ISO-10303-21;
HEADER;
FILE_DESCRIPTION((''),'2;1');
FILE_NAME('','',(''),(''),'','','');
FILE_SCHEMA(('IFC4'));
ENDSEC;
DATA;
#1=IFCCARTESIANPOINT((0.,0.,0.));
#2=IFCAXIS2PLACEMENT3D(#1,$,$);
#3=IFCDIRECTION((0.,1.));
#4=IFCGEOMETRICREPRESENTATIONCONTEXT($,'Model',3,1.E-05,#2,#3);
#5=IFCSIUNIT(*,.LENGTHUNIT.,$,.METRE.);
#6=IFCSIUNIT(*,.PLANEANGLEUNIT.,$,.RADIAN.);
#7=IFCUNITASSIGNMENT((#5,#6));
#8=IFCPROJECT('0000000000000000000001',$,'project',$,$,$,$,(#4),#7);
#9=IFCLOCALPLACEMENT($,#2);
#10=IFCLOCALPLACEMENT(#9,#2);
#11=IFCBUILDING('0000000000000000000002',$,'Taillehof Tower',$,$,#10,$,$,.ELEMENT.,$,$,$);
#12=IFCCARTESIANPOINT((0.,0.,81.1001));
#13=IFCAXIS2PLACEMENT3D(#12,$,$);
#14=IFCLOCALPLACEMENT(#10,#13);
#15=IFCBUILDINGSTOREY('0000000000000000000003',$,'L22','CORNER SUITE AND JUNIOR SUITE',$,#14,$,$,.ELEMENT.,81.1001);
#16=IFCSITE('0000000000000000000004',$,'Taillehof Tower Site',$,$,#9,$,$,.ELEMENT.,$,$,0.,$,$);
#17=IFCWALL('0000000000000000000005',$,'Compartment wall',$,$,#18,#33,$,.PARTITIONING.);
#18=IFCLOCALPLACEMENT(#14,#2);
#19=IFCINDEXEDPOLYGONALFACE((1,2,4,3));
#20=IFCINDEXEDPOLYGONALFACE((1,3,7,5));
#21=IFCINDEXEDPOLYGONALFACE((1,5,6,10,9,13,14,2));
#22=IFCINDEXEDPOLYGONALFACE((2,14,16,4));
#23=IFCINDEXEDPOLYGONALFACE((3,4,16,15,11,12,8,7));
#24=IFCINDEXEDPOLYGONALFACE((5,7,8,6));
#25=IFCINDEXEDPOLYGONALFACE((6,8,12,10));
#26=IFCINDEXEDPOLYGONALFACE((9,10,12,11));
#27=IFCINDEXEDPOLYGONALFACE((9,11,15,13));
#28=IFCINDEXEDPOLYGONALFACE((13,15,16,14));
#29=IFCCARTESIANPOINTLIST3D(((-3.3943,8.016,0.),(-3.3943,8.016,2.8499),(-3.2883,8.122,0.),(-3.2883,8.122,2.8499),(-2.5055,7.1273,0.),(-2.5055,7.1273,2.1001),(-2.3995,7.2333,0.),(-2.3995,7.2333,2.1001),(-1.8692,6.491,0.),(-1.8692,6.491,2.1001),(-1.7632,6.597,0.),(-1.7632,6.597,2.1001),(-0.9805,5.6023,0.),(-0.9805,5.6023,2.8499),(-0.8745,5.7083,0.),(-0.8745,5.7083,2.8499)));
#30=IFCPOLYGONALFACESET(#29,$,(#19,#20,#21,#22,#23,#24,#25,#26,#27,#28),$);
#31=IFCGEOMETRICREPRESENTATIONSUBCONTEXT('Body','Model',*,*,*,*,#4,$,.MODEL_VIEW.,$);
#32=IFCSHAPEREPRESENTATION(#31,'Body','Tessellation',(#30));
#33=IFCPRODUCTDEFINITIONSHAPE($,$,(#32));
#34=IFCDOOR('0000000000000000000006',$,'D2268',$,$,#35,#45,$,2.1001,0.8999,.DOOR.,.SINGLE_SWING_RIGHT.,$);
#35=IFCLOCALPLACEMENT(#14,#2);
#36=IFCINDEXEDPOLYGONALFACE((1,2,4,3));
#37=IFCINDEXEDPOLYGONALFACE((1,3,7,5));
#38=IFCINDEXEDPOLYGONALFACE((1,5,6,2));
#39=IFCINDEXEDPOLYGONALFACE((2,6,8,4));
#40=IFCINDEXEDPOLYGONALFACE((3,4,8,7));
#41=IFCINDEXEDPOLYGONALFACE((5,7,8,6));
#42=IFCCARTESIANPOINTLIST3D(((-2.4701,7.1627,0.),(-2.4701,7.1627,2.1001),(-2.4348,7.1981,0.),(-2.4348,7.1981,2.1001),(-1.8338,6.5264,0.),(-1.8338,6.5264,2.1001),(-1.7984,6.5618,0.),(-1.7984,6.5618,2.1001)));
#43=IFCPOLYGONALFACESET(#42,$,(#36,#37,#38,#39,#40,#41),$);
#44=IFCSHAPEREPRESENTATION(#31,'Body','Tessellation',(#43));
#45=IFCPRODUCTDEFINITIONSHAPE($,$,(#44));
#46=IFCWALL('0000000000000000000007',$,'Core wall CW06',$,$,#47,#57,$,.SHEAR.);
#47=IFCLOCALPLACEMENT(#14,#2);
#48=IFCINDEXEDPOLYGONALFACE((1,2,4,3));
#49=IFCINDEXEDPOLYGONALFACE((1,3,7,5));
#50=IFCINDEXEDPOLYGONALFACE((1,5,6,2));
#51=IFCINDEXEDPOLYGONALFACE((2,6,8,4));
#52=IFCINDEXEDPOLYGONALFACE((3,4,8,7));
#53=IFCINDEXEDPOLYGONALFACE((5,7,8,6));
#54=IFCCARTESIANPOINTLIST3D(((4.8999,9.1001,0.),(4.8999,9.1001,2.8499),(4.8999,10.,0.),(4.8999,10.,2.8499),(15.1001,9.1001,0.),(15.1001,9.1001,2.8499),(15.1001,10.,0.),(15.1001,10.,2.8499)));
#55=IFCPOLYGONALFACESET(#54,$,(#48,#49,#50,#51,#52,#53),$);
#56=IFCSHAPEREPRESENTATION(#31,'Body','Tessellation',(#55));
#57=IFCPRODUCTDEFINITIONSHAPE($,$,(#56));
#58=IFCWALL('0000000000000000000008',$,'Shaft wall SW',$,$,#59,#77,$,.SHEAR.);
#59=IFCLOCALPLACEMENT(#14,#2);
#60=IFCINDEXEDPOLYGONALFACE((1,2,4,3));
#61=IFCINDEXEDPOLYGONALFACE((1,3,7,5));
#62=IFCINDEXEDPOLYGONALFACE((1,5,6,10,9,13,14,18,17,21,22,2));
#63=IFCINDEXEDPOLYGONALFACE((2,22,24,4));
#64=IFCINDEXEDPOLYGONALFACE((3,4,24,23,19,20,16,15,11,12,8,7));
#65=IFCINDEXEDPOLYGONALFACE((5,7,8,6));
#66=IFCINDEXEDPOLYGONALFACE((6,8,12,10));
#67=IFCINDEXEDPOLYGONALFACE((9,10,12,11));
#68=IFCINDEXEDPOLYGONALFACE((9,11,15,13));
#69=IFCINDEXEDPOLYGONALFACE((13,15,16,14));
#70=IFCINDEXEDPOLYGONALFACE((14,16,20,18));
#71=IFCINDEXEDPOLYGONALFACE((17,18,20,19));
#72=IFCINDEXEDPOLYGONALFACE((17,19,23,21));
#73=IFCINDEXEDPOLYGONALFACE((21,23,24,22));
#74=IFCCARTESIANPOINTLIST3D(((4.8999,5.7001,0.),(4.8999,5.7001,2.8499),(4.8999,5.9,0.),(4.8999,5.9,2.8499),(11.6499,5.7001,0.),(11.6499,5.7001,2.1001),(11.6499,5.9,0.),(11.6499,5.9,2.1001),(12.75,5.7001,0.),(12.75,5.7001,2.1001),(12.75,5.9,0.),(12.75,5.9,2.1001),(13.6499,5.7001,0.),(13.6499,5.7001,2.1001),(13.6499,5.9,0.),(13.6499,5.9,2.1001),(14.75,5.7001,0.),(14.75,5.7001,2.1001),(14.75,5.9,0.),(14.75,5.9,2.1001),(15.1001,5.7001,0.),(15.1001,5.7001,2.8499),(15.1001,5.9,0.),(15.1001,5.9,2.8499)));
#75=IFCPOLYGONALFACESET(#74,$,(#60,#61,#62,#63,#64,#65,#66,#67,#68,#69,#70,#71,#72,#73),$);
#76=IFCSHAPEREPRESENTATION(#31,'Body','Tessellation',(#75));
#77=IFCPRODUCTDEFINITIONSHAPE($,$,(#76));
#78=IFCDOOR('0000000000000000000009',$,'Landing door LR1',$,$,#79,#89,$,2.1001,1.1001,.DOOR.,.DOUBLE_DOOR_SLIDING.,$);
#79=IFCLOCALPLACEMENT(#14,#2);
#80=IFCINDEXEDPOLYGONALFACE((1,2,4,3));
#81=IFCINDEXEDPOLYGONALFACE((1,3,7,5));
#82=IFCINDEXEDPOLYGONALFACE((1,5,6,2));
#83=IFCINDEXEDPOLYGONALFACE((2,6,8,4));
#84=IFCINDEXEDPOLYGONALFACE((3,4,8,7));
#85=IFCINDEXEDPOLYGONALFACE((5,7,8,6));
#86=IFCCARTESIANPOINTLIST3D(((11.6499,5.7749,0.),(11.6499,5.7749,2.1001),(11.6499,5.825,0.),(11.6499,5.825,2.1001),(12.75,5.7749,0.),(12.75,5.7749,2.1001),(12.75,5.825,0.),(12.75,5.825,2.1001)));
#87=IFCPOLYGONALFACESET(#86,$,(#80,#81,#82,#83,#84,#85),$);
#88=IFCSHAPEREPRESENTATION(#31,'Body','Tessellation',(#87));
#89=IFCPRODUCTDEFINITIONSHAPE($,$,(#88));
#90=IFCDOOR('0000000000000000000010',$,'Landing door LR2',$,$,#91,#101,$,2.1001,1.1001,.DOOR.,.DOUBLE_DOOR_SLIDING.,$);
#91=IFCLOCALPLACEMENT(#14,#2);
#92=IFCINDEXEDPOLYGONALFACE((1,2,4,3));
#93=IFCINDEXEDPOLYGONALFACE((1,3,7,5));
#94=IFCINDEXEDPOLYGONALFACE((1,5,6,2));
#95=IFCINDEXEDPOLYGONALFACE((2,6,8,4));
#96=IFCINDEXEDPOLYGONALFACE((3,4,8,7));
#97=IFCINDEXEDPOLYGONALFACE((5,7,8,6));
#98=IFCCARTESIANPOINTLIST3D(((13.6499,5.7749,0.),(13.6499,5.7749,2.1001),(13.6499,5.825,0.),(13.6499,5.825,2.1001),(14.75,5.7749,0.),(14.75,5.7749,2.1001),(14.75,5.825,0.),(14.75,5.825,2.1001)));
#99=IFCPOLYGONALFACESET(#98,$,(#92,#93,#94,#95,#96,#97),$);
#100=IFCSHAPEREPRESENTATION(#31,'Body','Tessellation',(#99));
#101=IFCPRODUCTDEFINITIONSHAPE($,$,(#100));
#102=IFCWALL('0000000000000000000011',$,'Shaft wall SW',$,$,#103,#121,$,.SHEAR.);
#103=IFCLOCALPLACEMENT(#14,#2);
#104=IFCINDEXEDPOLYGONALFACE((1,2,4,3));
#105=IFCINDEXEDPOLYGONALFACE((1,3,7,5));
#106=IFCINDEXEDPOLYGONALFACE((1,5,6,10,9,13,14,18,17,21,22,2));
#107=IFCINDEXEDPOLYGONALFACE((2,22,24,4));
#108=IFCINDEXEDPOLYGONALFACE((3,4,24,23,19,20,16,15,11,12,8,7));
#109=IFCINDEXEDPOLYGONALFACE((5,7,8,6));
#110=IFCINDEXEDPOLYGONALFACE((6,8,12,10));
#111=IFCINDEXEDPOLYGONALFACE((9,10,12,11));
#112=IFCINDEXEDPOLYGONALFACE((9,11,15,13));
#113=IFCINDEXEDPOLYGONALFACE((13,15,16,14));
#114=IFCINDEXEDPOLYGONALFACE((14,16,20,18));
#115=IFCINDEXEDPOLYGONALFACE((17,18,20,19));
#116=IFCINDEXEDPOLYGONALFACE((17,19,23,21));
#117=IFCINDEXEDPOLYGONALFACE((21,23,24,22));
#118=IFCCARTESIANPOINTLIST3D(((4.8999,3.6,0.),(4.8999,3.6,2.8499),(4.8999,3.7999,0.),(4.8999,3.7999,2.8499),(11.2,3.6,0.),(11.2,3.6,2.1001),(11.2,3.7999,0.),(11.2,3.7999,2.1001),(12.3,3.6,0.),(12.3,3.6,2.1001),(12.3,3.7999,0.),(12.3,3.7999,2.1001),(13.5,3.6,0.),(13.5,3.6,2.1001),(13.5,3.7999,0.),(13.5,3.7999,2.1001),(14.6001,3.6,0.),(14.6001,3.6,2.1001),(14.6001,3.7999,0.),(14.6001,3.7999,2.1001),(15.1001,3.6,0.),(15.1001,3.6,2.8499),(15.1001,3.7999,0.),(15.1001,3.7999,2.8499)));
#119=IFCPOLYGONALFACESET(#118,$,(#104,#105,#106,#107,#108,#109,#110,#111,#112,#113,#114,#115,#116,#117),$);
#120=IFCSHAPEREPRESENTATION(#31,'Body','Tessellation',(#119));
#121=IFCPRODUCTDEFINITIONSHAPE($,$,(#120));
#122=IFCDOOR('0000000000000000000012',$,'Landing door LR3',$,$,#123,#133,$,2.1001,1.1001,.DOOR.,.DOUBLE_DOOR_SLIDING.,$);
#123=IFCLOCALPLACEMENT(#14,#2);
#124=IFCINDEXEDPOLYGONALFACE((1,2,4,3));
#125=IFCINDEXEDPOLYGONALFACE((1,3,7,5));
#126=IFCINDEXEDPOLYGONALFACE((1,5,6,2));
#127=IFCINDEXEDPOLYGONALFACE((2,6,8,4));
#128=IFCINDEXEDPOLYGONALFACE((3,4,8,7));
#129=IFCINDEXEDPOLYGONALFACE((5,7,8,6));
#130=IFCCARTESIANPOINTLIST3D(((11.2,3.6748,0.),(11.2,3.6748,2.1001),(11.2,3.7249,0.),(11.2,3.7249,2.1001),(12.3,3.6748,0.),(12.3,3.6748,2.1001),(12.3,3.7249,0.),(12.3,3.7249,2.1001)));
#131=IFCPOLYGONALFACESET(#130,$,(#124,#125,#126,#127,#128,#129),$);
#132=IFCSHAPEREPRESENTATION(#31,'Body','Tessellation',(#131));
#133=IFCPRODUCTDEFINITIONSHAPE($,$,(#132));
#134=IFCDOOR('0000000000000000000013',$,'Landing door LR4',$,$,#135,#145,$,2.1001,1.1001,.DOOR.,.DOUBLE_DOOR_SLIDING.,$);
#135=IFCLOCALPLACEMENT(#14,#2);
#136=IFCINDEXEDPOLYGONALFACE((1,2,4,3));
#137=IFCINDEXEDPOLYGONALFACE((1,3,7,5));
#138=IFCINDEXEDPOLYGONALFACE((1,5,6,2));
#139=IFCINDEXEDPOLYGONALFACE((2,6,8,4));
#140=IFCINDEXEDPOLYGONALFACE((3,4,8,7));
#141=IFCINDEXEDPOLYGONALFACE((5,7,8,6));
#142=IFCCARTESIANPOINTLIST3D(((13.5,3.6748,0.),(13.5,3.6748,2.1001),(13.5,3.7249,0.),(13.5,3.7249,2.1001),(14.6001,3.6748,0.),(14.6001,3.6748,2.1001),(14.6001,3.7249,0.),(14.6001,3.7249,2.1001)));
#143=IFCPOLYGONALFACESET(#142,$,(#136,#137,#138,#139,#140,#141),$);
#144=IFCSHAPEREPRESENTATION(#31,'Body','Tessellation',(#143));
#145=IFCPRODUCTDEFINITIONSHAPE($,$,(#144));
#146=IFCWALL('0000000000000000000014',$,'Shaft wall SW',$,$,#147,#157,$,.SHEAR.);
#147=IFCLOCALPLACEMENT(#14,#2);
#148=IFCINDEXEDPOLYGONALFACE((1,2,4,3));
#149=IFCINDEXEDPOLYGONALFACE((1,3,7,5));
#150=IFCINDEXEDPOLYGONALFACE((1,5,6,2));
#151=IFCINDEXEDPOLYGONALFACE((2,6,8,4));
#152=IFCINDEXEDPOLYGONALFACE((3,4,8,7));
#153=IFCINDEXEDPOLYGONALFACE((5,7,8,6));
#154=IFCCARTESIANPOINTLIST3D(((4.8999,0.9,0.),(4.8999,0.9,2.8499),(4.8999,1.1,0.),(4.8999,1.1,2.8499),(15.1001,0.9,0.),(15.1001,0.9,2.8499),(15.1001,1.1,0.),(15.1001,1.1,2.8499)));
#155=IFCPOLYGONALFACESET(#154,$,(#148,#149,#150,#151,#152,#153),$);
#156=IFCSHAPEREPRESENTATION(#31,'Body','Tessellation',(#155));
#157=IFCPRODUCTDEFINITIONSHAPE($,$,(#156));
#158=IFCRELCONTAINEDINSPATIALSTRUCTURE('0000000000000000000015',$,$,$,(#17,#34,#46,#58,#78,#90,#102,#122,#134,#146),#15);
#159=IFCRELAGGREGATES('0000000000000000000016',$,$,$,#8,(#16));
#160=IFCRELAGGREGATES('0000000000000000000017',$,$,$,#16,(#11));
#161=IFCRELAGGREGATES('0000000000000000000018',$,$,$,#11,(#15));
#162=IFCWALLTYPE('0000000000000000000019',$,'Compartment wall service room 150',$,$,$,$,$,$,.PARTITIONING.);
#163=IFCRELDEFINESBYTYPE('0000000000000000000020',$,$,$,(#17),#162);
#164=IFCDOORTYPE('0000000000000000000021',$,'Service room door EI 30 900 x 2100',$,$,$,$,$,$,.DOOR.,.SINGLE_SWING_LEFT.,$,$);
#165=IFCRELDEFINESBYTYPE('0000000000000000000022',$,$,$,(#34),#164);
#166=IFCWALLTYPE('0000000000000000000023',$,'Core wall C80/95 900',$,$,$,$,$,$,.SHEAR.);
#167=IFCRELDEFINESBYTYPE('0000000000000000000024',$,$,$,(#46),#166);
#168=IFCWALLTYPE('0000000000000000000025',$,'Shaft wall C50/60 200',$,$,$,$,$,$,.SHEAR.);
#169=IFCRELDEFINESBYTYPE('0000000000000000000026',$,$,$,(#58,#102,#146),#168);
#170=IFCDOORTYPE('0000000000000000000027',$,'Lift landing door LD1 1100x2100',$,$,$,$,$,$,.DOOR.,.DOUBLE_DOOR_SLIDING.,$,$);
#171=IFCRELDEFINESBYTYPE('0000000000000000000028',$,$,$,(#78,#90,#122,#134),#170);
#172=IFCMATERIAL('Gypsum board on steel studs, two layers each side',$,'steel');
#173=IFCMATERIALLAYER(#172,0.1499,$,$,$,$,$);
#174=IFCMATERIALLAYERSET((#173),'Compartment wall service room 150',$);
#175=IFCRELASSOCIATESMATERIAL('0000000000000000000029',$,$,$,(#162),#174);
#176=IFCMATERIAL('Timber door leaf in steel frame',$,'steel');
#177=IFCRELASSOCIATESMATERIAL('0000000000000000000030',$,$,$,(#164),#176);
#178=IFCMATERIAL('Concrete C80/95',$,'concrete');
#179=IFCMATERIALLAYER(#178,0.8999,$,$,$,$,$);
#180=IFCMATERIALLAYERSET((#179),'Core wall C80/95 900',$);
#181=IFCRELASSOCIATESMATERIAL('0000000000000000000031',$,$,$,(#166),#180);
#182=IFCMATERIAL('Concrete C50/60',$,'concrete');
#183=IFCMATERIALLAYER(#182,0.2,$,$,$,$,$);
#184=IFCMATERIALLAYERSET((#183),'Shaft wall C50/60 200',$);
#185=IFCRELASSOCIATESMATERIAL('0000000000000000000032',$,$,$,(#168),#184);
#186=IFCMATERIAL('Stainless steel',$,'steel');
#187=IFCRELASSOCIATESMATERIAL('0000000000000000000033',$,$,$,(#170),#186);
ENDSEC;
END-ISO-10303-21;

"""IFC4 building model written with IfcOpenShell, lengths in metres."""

from ifc_helpers import new_model, si_unit, direction, frame, frame_2d, origin, place, context, subcontext, project, spatial, rectangle, extrude, material, layer, layer_set, type_object, element, fill, save


model = new_model("IFC4")

# Units and contexts
model_context = context("Model", 3, precision=1e-05, world=origin(), true_north=direction((0.0, 1.0)))
body_context = subcontext(model_context, "Body", "Model", "MODEL_VIEW")
ifc_project = project(units=[si_unit("LENGTHUNIT", "METRE"), si_unit("PLANEANGLEUNIT", "RADIAN")], contexts=[model_context])

# Site, building, storey
site_placement = place(None, origin())
site = spatial("IfcSite", under=ifc_project, at=site_placement, Name="Taillehof Tower Site", CompositionType="ELEMENT", RefElevation=0.0)
building_placement = place(site_placement, origin())
building = spatial("IfcBuilding", under=site, at=building_placement, Name="Taillehof Tower", CompositionType="ELEMENT")
storey_placement = place(building_placement, frame((0.0, 0.0, 81.1001)))
storey = spatial("IfcBuildingStorey", under=building, at=storey_placement, Name="L22", Description="CORNER SUITE AND JUNIOR SUITE", CompositionType="ELEMENT", Elevation=81.1001)

# Shared definitions
ifc_material_1 = material(Name="Gypsum board on steel studs, two layers each side", Category="steel")
ifc_layer_1 = layer(ifc_material_1, 0.1499)
ifc_layer_set_1 = layer_set([ifc_layer_1], Name="Compartment wall service room 150")
wall_type_1 = type_object("IfcWallType", Name="Compartment wall service room 150", PredefinedType="PARTITIONING", material=ifc_layer_set_1)

# Wall, opening, door
wall_1_placement = place(storey_placement, frame((-0.9275, 5.6553, 0.0), z_axis=(0.0, 0.0, 1.0), x_axis=(-0.707107, 0.707107, 0.0)))
wall_1 = element("IfcWall", 1, at=wall_1_placement, inside=storey, type_object=wall_type_1, Name="Compartment wall", PredefinedType="PARTITIONING", context=body_context, shape_type="SweptSolid", body=[
    extrude(rectangle(XDim=3.4136, YDim=0.1499, at=frame_2d((1.7068, 0.0))), origin(), (0.0, 0.0, 1.0), 2.8499),
])
opening_1_placement = place(wall_1_placement, frame((1.2568, 0.0, 0.0)))
opening_1 = element("IfcOpeningElement", 2, at=opening_1_placement, cuts=wall_1, PredefinedType="OPENING", context=body_context, shape_type="SweptSolid", body=[
    extrude(rectangle(XDim=0.8999, YDim=2.1001, at=frame_2d((0.45, 1.05))), frame((0.0, 0.085, 0.0), z_axis=(0.0, -1.0, 0.0), x_axis=(1.0, 0.0, 0.0)), (0.0, 0.0, 1.0), 0.1699),
])
ifc_material_2 = material(Name="Timber door leaf in steel frame", Category="steel")
door_type_1 = type_object("IfcDoorType", Name="Service room door EI 30 900 x 2100", OperationType="SINGLE_SWING_LEFT", PredefinedType="DOOR", material=ifc_material_2)
door_1_placement = place(opening_1_placement, origin())
door_1 = element("IfcDoor", 3, at=door_1_placement, inside=storey, type_object=door_type_1, Name="D2268", OperationType="SINGLE_SWING_RIGHT", OverallHeight=2.1001, OverallWidth=0.8999, PredefinedType="DOOR", context=body_context, shape_type="SweptSolid", body=[
    extrude(rectangle(XDim=0.8999, YDim=2.1001, at=frame_2d((0.45, 1.05))), frame((0.0, 0.0249, 0.0), z_axis=(0.0, -1.0, 0.0), x_axis=(1.0, 0.0, 0.0)), (0.0, 0.0, 1.0), 0.05),
])
fill(opening_1, door_1)

# Wall
ifc_material_3 = material(Name="Concrete C80/95", Category="concrete")
ifc_layer_2 = layer(ifc_material_3, 0.8999)
ifc_layer_set_2 = layer_set([ifc_layer_2], Name="Core wall C80/95 900")
wall_type_2 = type_object("IfcWallType", Name="Core wall C80/95 900", PredefinedType="SHEAR", material=ifc_layer_set_2)
wall_2_placement = place(storey_placement, frame((4.8999, 9.55, 0.0), z_axis=(0.0, 0.0, 1.0), x_axis=(1.0, 0.0, 0.0)))
element("IfcWall", 4, at=wall_2_placement, inside=storey, type_object=wall_type_2, Name="Core wall CW06", PredefinedType="SHEAR", context=body_context, shape_type="SweptSolid", body=[
    extrude(rectangle(XDim=10.2002, YDim=0.8999, at=frame_2d((5.1001, 0.0))), origin(), (0.0, 0.0, 1.0), 2.8499),
])

# Walls, openings, doors
ifc_material_4 = material(Name="Concrete C50/60", Category="concrete")
ifc_layer_3 = layer(ifc_material_4, 0.2)
ifc_layer_set_3 = layer_set([ifc_layer_3], Name="Shaft wall C50/60 200")
wall_type_3 = type_object("IfcWallType", Name="Shaft wall C50/60 200", PredefinedType="SHEAR", material=ifc_layer_set_3)
wall_3_placement = place(storey_placement, frame((4.8999, 5.8, 0.0), z_axis=(0.0, 0.0, 1.0), x_axis=(1.0, 0.0, 0.0)))
wall_3 = element("IfcWall", 5, at=wall_3_placement, inside=storey, type_object=wall_type_3, Name="Shaft wall SW", PredefinedType="SHEAR", context=body_context, shape_type="SweptSolid", body=[
    extrude(rectangle(XDim=10.2002, YDim=0.2, at=frame_2d((5.1001, 0.0))), origin(), (0.0, 0.0, 1.0), 2.8499),
])
opening_2_placement = place(wall_3_placement, frame((6.75, 0.0, 0.0)))
opening_2 = element("IfcOpeningElement", 6, at=opening_2_placement, cuts=wall_3, PredefinedType="OPENING", context=body_context, shape_type="SweptSolid", body=[
    extrude(rectangle(XDim=1.1001, YDim=2.1001, at=frame_2d((0.55, 1.05))), frame((0.0, 0.1099, 0.0), z_axis=(0.0, -1.0, 0.0), x_axis=(1.0, 0.0, 0.0)), (0.0, 0.0, 1.0), 0.22),
])
opening_3_placement = place(wall_3_placement, frame((8.75, 0.0, 0.0)))
opening_3 = element("IfcOpeningElement", 7, at=opening_3_placement, cuts=wall_3, PredefinedType="OPENING", context=body_context, shape_type="SweptSolid", body=[
    extrude(rectangle(XDim=1.1001, YDim=2.1001, at=frame_2d((0.55, 1.05))), frame((0.0, 0.1099, 0.0), z_axis=(0.0, -1.0, 0.0), x_axis=(1.0, 0.0, 0.0)), (0.0, 0.0, 1.0), 0.22),
])
ifc_material_5 = material(Name="Stainless steel", Category="steel")
door_type_2 = type_object("IfcDoorType", Name="Lift landing door LD1 1100x2100", OperationType="DOUBLE_DOOR_SLIDING", PredefinedType="DOOR", material=ifc_material_5)
door_2_placement = place(opening_2_placement, origin())
door_2 = element("IfcDoor", 8, at=door_2_placement, inside=storey, type_object=door_type_2, Name="Landing door LR1", OperationType="DOUBLE_DOOR_SLIDING", OverallHeight=2.1001, OverallWidth=1.1001, PredefinedType="DOOR", context=body_context, shape_type="SweptSolid", body=[
    extrude(rectangle(XDim=1.1001, YDim=2.1001, at=frame_2d((0.55, 1.05))), frame((0.0, 0.0249, 0.0), z_axis=(0.0, -1.0, 0.0), x_axis=(1.0, 0.0, 0.0)), (0.0, 0.0, 1.0), 0.05),
])
fill(opening_2, door_2)
door_3_placement = place(opening_3_placement, origin())
door_3 = element("IfcDoor", 9, at=door_3_placement, inside=storey, type_object=door_type_2, Name="Landing door LR2", OperationType="DOUBLE_DOOR_SLIDING", OverallHeight=2.1001, OverallWidth=1.1001, PredefinedType="DOOR", context=body_context, shape_type="SweptSolid", body=[
    extrude(rectangle(XDim=1.1001, YDim=2.1001, at=frame_2d((0.55, 1.05))), frame((0.0, 0.0249, 0.0), z_axis=(0.0, -1.0, 0.0), x_axis=(1.0, 0.0, 0.0)), (0.0, 0.0, 1.0), 0.05),
])
fill(opening_3, door_3)
wall_4_placement = place(storey_placement, frame((4.8999, 3.7, 0.0), z_axis=(0.0, 0.0, 1.0), x_axis=(1.0, 0.0, 0.0)))
wall_4 = element("IfcWall", 10, at=wall_4_placement, inside=storey, type_object=wall_type_3, Name="Shaft wall SW", PredefinedType="SHEAR", context=body_context, shape_type="SweptSolid", body=[
    extrude(rectangle(XDim=10.2002, YDim=0.2, at=frame_2d((5.1001, 0.0))), origin(), (0.0, 0.0, 1.0), 2.8499),
])
opening_4_placement = place(wall_4_placement, frame((6.3, 0.0, 0.0)))
opening_4 = element("IfcOpeningElement", 11, at=opening_4_placement, cuts=wall_4, PredefinedType="OPENING", context=body_context, shape_type="SweptSolid", body=[
    extrude(rectangle(XDim=1.1001, YDim=2.1001, at=frame_2d((0.55, 1.05))), frame((0.0, 0.1099, 0.0), z_axis=(0.0, -1.0, 0.0), x_axis=(1.0, 0.0, 0.0)), (0.0, 0.0, 1.0), 0.22),
])
opening_5_placement = place(wall_4_placement, frame((8.6001, 0.0, 0.0)))
opening_5 = element("IfcOpeningElement", 12, at=opening_5_placement, cuts=wall_4, PredefinedType="OPENING", context=body_context, shape_type="SweptSolid", body=[
    extrude(rectangle(XDim=1.1001, YDim=2.1001, at=frame_2d((0.55, 1.05))), frame((0.0, 0.1099, 0.0), z_axis=(0.0, -1.0, 0.0), x_axis=(1.0, 0.0, 0.0)), (0.0, 0.0, 1.0), 0.22),
])
door_4_placement = place(opening_4_placement, origin())
door_4 = element("IfcDoor", 13, at=door_4_placement, inside=storey, type_object=door_type_2, Name="Landing door LR3", OperationType="DOUBLE_DOOR_SLIDING", OverallHeight=2.1001, OverallWidth=1.1001, PredefinedType="DOOR", context=body_context, shape_type="SweptSolid", body=[
    extrude(rectangle(XDim=1.1001, YDim=2.1001, at=frame_2d((0.55, 1.05))), frame((0.0, 0.0249, 0.0), z_axis=(0.0, -1.0, 0.0), x_axis=(1.0, 0.0, 0.0)), (0.0, 0.0, 1.0), 0.05),
])
fill(opening_4, door_4)
door_5_placement = place(opening_5_placement, origin())
door_5 = element("IfcDoor", 14, at=door_5_placement, inside=storey, type_object=door_type_2, Name="Landing door LR4", OperationType="DOUBLE_DOOR_SLIDING", OverallHeight=2.1001, OverallWidth=1.1001, PredefinedType="DOOR", context=body_context, shape_type="SweptSolid", body=[
    extrude(rectangle(XDim=1.1001, YDim=2.1001, at=frame_2d((0.55, 1.05))), frame((0.0, 0.0249, 0.0), z_axis=(0.0, -1.0, 0.0), x_axis=(1.0, 0.0, 0.0)), (0.0, 0.0, 1.0), 0.05),
])
fill(opening_5, door_5)

# Wall
wall_5_placement = place(storey_placement, frame((4.8999, 1.0, 0.0), z_axis=(0.0, 0.0, 1.0), x_axis=(1.0, 0.0, 0.0)))
element("IfcWall", 15, at=wall_5_placement, inside=storey, type_object=wall_type_3, Name="Shaft wall SW", PredefinedType="SHEAR", context=body_context, shape_type="SweptSolid", body=[
    extrude(rectangle(XDim=10.2002, YDim=0.2, at=frame_2d((5.1001, 0.0))), origin(), (0.0, 0.0, 1.0), 2.8499),
])

save(model, "model.ifc")
